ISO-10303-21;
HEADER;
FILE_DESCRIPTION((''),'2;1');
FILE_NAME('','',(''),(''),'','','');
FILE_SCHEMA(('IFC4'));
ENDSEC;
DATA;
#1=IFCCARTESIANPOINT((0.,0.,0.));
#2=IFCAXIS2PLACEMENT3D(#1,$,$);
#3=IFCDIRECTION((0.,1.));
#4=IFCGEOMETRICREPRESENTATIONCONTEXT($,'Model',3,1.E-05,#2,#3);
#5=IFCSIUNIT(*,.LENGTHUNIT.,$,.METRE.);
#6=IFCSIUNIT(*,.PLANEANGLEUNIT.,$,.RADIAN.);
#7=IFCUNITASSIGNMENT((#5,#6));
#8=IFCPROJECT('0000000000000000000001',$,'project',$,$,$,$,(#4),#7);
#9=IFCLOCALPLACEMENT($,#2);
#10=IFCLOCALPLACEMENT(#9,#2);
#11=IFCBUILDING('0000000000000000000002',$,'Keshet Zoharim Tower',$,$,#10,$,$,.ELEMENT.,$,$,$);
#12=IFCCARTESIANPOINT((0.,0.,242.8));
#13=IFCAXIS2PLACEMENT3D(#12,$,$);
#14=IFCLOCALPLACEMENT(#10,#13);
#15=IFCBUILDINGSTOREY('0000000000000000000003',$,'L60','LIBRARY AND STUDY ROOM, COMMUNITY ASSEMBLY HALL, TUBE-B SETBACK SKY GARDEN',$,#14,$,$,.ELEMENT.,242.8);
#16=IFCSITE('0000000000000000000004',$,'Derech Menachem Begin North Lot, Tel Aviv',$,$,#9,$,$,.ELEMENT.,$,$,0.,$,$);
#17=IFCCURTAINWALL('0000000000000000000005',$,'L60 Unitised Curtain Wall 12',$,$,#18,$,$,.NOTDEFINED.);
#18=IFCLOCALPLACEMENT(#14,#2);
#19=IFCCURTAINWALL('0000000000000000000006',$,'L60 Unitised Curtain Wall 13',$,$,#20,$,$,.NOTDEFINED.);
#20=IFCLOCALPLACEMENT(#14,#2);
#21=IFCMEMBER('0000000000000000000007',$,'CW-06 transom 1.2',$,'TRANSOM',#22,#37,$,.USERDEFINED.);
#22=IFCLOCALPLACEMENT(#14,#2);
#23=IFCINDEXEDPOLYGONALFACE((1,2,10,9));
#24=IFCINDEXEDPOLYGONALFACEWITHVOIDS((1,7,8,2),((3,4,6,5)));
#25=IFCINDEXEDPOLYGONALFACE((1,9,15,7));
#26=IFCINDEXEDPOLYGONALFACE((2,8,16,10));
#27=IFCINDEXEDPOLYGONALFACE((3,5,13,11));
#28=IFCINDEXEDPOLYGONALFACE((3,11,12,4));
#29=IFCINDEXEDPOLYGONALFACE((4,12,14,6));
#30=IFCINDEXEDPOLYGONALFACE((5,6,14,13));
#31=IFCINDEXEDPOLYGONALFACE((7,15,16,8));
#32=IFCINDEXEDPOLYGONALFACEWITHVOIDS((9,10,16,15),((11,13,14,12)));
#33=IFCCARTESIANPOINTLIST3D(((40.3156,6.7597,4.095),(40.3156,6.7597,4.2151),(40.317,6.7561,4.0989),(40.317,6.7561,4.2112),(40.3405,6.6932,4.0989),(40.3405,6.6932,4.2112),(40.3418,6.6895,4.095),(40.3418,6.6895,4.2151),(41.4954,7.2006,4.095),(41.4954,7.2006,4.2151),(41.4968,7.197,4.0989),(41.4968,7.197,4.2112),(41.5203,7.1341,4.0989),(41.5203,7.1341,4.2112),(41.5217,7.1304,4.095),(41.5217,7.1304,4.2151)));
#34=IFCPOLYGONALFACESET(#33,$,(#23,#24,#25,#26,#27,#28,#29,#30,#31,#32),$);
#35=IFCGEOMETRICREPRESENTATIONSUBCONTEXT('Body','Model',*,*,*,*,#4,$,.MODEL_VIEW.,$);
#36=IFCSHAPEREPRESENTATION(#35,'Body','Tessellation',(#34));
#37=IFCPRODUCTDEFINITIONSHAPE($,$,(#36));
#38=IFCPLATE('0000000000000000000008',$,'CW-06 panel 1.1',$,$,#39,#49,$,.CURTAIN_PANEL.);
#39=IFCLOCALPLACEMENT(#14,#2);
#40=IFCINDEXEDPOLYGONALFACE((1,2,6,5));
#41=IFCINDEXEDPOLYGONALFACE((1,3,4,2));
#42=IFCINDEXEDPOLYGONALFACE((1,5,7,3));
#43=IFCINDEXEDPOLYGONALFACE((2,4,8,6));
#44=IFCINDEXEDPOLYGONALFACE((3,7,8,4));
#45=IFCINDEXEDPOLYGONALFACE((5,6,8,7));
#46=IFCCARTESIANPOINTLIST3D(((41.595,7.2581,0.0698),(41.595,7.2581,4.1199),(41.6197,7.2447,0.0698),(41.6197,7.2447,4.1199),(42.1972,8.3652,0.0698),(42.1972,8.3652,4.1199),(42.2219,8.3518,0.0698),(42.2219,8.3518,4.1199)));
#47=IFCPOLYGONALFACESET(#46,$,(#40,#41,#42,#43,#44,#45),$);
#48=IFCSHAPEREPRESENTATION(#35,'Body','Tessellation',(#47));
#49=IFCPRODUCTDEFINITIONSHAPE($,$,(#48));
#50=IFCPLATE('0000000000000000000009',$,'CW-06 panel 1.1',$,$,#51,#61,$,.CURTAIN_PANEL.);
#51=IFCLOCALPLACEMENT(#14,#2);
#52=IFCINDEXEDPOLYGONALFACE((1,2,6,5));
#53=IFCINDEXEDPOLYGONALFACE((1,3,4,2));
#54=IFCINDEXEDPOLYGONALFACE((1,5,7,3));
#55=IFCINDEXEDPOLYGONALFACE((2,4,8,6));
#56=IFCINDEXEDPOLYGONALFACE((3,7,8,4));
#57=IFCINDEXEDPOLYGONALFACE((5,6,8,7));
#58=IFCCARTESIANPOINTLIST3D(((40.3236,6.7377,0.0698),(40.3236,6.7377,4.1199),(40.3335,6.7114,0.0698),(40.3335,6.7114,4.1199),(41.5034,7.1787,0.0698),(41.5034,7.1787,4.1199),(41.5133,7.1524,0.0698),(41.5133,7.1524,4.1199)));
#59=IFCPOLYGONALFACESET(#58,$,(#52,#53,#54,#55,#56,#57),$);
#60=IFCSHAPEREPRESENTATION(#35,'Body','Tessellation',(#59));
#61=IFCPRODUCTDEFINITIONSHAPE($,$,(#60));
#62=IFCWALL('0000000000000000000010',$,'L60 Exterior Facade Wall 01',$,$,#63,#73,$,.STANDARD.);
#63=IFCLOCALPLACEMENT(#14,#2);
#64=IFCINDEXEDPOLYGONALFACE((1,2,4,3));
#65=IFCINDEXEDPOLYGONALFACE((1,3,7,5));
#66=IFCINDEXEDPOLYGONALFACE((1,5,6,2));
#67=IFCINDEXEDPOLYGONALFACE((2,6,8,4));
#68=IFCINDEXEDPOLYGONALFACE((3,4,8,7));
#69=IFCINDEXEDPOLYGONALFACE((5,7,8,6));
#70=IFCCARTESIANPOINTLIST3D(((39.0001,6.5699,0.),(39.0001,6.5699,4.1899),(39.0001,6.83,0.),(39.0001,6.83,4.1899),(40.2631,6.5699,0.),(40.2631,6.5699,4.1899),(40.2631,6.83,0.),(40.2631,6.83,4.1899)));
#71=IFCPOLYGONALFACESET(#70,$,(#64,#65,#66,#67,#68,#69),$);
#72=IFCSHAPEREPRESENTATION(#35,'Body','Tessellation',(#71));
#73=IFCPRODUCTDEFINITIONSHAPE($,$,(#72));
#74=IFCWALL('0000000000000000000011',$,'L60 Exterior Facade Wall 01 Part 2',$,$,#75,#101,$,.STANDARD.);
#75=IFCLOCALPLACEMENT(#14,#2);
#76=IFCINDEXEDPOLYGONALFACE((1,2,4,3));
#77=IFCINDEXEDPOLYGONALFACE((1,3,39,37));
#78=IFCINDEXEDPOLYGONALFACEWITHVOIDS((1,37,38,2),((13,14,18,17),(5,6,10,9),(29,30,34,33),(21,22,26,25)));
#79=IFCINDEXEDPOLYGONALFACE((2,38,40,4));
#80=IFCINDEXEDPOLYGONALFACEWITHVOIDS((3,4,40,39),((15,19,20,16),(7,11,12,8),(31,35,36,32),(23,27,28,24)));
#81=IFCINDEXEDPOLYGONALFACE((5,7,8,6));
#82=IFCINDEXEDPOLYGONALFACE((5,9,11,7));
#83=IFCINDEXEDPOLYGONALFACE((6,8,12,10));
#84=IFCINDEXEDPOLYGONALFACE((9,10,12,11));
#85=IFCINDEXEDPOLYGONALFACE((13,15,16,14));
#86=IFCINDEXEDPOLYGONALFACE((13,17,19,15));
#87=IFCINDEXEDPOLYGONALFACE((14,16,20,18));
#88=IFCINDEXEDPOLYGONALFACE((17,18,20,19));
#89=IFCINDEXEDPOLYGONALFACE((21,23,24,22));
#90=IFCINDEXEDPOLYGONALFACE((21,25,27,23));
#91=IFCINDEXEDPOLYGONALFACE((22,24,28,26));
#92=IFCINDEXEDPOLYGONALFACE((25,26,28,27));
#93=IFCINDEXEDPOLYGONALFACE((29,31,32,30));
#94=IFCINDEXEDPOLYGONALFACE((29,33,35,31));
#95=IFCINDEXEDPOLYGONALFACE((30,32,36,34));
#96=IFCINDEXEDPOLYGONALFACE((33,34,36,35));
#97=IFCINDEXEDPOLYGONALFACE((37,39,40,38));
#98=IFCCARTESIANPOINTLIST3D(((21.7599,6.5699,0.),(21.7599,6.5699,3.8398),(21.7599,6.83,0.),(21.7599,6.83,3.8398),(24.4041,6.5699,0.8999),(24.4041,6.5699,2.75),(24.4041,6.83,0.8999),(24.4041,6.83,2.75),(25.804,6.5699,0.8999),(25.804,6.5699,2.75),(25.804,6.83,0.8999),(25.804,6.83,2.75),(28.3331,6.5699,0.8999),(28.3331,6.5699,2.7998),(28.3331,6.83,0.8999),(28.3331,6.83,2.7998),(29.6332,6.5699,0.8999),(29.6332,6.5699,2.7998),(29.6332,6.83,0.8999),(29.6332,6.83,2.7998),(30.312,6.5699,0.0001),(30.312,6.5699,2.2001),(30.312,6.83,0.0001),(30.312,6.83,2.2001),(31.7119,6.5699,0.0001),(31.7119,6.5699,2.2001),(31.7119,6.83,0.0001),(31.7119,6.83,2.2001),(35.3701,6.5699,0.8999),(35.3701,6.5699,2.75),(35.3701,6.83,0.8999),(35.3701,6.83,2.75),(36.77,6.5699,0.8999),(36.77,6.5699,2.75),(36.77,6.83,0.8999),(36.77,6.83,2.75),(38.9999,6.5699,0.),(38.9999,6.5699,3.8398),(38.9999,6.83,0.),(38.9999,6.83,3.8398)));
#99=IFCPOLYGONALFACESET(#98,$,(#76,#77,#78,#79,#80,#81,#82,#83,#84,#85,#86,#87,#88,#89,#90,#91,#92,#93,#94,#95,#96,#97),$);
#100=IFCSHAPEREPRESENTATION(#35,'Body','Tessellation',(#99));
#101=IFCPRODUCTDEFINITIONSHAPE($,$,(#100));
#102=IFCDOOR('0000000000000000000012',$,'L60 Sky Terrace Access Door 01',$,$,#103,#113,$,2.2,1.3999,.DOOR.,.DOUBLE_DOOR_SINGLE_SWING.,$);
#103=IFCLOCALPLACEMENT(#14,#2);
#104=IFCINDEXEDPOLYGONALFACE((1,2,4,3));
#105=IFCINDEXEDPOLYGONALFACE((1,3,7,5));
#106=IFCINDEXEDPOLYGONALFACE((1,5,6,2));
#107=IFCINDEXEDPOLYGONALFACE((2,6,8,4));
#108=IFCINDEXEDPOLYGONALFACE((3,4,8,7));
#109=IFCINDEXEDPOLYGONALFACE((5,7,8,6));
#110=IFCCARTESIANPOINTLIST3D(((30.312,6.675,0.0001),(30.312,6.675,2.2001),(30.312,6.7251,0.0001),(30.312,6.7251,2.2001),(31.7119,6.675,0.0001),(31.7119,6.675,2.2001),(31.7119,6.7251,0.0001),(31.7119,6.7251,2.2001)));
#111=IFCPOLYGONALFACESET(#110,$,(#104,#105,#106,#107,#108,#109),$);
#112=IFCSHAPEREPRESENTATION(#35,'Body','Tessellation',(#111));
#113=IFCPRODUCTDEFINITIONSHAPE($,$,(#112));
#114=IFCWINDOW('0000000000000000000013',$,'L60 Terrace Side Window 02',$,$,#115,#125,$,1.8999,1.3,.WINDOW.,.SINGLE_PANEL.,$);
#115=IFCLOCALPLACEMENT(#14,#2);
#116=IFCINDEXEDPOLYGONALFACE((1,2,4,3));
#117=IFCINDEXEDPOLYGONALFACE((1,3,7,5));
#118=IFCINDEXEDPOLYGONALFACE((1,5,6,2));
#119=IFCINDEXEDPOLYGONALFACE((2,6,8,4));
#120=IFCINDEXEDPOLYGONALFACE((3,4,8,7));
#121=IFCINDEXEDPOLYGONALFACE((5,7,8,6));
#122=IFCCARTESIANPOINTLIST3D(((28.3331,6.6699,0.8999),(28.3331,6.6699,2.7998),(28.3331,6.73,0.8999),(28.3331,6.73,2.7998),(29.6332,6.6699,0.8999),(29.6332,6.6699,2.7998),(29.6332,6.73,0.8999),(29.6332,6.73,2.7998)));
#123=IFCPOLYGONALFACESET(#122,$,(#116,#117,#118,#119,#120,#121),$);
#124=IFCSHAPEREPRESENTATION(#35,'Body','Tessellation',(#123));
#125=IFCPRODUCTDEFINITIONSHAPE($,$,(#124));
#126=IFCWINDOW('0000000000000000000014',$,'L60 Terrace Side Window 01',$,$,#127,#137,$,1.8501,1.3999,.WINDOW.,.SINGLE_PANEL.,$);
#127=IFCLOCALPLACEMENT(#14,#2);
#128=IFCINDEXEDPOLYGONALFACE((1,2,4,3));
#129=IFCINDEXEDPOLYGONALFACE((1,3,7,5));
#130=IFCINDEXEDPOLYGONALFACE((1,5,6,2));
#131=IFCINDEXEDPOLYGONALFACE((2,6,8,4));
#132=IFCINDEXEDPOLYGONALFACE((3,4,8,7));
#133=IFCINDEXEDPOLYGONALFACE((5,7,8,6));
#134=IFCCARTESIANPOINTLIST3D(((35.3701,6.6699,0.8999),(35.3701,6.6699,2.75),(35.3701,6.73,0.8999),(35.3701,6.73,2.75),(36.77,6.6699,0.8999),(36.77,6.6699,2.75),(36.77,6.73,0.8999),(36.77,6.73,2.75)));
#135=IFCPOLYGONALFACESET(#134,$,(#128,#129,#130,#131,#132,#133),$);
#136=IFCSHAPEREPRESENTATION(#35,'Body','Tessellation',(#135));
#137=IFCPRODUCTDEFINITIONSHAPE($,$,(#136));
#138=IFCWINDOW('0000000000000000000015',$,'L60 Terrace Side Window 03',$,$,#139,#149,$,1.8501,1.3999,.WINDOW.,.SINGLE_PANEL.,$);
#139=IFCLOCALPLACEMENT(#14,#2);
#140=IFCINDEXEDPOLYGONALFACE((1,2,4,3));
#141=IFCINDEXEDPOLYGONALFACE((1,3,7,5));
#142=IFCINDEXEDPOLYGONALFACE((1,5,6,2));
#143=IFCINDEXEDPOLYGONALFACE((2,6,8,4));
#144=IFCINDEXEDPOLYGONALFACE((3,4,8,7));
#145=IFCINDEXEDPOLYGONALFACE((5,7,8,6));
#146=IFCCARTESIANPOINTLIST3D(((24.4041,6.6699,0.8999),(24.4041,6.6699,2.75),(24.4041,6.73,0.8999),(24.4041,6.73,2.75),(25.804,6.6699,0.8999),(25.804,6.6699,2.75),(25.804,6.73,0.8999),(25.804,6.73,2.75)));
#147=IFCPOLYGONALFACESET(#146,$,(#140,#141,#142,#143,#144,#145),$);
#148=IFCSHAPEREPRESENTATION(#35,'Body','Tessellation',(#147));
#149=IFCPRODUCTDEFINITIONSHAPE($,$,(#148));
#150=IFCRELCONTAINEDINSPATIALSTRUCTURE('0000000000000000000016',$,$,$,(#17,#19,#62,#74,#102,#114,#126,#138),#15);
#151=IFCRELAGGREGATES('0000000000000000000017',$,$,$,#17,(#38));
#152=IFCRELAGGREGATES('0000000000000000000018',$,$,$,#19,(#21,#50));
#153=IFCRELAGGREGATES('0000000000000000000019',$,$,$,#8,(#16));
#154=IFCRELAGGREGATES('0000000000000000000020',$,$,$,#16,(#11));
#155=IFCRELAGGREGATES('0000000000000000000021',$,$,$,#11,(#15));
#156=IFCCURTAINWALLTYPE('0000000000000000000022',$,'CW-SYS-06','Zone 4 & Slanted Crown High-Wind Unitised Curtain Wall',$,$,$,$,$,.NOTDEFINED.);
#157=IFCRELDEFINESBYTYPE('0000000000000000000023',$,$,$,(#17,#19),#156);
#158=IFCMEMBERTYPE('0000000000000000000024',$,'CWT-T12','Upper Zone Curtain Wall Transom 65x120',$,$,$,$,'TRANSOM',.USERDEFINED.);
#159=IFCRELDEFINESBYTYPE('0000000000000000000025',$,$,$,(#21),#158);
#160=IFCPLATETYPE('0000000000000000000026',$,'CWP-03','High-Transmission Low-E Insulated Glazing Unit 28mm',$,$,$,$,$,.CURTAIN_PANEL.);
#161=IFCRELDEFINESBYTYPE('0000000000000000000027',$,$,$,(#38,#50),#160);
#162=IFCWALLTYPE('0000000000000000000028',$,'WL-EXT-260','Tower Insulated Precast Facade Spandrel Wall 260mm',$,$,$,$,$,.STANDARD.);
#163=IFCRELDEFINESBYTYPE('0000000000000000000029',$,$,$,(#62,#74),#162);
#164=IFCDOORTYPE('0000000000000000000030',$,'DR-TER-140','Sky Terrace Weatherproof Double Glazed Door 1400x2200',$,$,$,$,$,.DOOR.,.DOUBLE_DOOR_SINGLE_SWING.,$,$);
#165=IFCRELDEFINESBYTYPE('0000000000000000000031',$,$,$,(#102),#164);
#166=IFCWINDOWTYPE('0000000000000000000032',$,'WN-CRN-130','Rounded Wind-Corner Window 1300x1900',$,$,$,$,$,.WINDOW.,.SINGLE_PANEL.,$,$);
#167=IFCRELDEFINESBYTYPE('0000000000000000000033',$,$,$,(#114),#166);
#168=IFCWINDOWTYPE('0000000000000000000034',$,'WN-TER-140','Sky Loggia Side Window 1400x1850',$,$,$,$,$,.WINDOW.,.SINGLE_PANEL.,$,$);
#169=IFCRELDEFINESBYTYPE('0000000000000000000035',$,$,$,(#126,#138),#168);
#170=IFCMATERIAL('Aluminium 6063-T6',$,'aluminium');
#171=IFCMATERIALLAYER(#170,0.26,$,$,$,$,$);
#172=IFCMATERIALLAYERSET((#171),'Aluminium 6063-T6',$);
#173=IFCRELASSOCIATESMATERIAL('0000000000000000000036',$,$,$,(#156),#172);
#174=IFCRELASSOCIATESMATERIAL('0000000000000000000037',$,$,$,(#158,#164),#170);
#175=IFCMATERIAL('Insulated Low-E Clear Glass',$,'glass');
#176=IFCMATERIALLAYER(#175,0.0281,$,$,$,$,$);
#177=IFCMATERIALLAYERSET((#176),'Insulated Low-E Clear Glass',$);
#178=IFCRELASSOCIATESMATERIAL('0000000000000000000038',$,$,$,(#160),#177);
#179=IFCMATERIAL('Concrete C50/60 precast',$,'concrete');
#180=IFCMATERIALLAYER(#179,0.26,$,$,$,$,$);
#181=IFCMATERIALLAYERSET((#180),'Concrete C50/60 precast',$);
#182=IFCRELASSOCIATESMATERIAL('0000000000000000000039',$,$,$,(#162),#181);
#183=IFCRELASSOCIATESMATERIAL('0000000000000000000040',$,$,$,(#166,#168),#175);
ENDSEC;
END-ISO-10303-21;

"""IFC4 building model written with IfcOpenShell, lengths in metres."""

from ifc_helpers import new_model, si_unit, direction, frame, frame_2d, origin, origin_2d, place, context, subcontext, project, spatial, rectangle, hollow_rectangle, extrude, material, layer, layer_set, material_profile, profile_set, type_object, element, fill, aggregate, save


model = new_model("IFC4")

# Units and contexts
model_context = context("Model", 3, precision=1e-05, world=origin(), true_north=direction((0.0, 1.0)))
body_context = subcontext(model_context, "Body", "Model", "MODEL_VIEW")
ifc_project = project(units=[si_unit("LENGTHUNIT", "METRE"), si_unit("PLANEANGLEUNIT", "RADIAN")], contexts=[model_context])

# Site, building, storey
site_placement = place(None, origin())
site = spatial("IfcSite", under=ifc_project, at=site_placement, Name="Derech Menachem Begin North Lot, Tel Aviv", CompositionType="ELEMENT", RefElevation=0.0)
building_placement = place(site_placement, origin())
building = spatial("IfcBuilding", under=site, at=building_placement, Name="Keshet Zoharim Tower", CompositionType="ELEMENT")
storey_placement = place(building_placement, frame((0.0, 0.0, 242.8)))
storey = spatial("IfcBuildingStorey", under=building, at=storey_placement, Name="L60", Description="LIBRARY AND STUDY ROOM, COMMUNITY ASSEMBLY HALL, TUBE-B SETBACK SKY GARDEN", CompositionType="ELEMENT", Elevation=242.8)

# Shared definitions
ifc_material_1 = material(Name="Aluminium 6063-T6", Category="aluminium")
ifc_layer_1 = layer(ifc_material_1, 0.26)
ifc_layer_set_1 = layer_set([ifc_layer_1], Name="Aluminium 6063-T6")
curtain_wall_type = type_object("IfcCurtainWallType", Name="CW-SYS-06", Description="Zone 4 & Slanted Crown High-Wind Unitised Curtain Wall", PredefinedType="NOTDEFINED", material=ifc_layer_set_1)

# Curtain walls
curtain_wall_1_placement = place(storey_placement, origin())
curtain_wall_1 = element("IfcCurtainWall", 1, at=curtain_wall_1_placement, inside=storey, type_object=curtain_wall_type, Name="L60 Unitised Curtain Wall 12", PredefinedType="NOTDEFINED")
curtain_wall_2_placement = place(storey_placement, origin())
curtain_wall_2 = element("IfcCurtainWall", 2, at=curtain_wall_2_placement, inside=storey, type_object=curtain_wall_type, Name="L60 Unitised Curtain Wall 13", PredefinedType="NOTDEFINED")

# Member
ifc_material_profile_1 = material_profile(ifc_material_1, hollow_rectangle(XDim=0.075, YDim=0.1201, WallThickness=0.0039, at=origin_2d()), Name="TRN-75x120")
ifc_profile_set_1 = profile_set([ifc_material_profile_1], Name="Aluminium 6063-T6")
member_type_1 = type_object("IfcMemberType", Name="CWT-T12", Description="Upper Zone Curtain Wall Transom 65x120", ElementType="TRANSOM", PredefinedType="USERDEFINED", material=ifc_profile_set_1)
member_1_placement = place(storey_placement, frame((41.5085, 7.1655, 4.155), z_axis=(-0.936735, -0.35004, 0.0), x_axis=(0.35004, -0.936735, 0.0)))
member_1 = element("IfcMember", 3, at=member_1_placement, type_object=member_type_1, Name="CW-06 transom 1.2", ObjectType="TRANSOM", PredefinedType="USERDEFINED", context=body_context, shape_type="SweptSolid", body=[
    extrude(hollow_rectangle(XDim=0.075, YDim=0.1201, WallThickness=0.0039, at=origin_2d()), origin(), (0.0, 0.0, 1.0), 1.2595),
])

# Plates
ifc_material_2 = material(Name="Insulated Low-E Clear Glass", Category="glass")
ifc_layer_2 = layer(ifc_material_2, 0.0281)
ifc_layer_set_2 = layer_set([ifc_layer_2], Name="Insulated Low-E Clear Glass")
plate_type = type_object("IfcPlateType", Name="CWP-03", Description="High-Transmission Low-E Insulated Glazing Unit 28mm", PredefinedType="CURTAIN_PANEL", material=ifc_layer_set_2)
plate_1_placement = place(storey_placement, frame((41.9084, 7.8049, 0.0698), z_axis=(0.0, 0.0, 1.0), x_axis=(-0.477801, -0.878468, 0.0)))
plate_1 = element("IfcPlate", 4, at=plate_1_placement, type_object=plate_type, Name="CW-06 panel 1.1", PredefinedType="CURTAIN_PANEL", context=body_context, shape_type="SweptSolid", body=[
    extrude(rectangle(XDim=1.2603, YDim=0.0281, at=origin_2d()), origin(), (0.0, 0.0, 1.0), 4.05),
])
aggregate(curtain_wall_1, [plate_1])
plate_2_placement = place(storey_placement, frame((40.9185, 6.9451, 0.0698), z_axis=(0.0, 0.0, 1.0), x_axis=(-0.93671, -0.350105, 0.0)))
plate_2 = element("IfcPlate", 5, at=plate_2_placement, type_object=plate_type, Name="CW-06 panel 1.1", PredefinedType="CURTAIN_PANEL", context=body_context, shape_type="SweptSolid", body=[
    extrude(rectangle(XDim=1.2595, YDim=0.0281, at=origin_2d()), origin(), (0.0, 0.0, 1.0), 4.05),
])
aggregate(curtain_wall_2, [member_1, plate_2])

# Wall
ifc_material_3 = material(Name="Concrete C50/60 precast", Category="concrete")
ifc_layer_3 = layer(ifc_material_3, 0.26)
ifc_layer_set_3 = layer_set([ifc_layer_3], Name="Concrete C50/60 precast")
wall_type = type_object("IfcWallType", Name="WL-EXT-260", Description="Tower Insulated Precast Facade Spandrel Wall 260mm", PredefinedType="STANDARD", material=ifc_layer_set_3)
wall_1_placement = place(storey_placement, frame((40.2629, 6.7, 0.0), z_axis=(0.0, 0.0, 1.0), x_axis=(-1.0, 0.0, 0.0)))
element("IfcWall", 6, at=wall_1_placement, inside=storey, type_object=wall_type, Name="L60 Exterior Facade Wall 01", PredefinedType="STANDARD", context=body_context, shape_type="SweptSolid", body=[
    extrude(rectangle(XDim=1.2629, YDim=0.26, at=frame_2d((0.6313, 0.0))), origin(), (0.0, 0.0, 1.0), 4.1899),
])

# Wall, openings, door, windows
wall_2_placement = place(storey_placement, frame((39.0, 6.7, 0.0), z_axis=(0.0, 0.0, 1.0), x_axis=(-1.0, 0.0, 0.0)))
wall_2 = element("IfcWall", 7, at=wall_2_placement, inside=storey, type_object=wall_type, Name="L60 Exterior Facade Wall 01 Part 2", PredefinedType="STANDARD", context=body_context, shape_type="SweptSolid", body=[
    extrude(rectangle(XDim=17.24, YDim=0.26, at=frame_2d((8.6201, 0.0))), origin(), (0.0, 0.0, 1.0), 3.8398),
])
opening_1_placement = place(wall_2_placement, frame((7.2881, 0.0, 0.0)))
opening_1 = element("IfcOpeningElement", 8, at=opening_1_placement, cuts=wall_2, PredefinedType="OPENING", context=body_context, shape_type="SweptSolid", body=[
    extrude(rectangle(XDim=1.3999, YDim=2.2, at=frame_2d((0.7, 1.1001))), frame((0.0, 0.1401, 0.0), z_axis=(0.0, -1.0, 0.0), x_axis=(1.0, 0.0, 0.0)), (0.0, 0.0, 1.0), 0.28),
])
opening_2_placement = place(wall_2_placement, frame((2.23, 0.0, 0.8999)))
opening_2 = element("IfcOpeningElement", 9, at=opening_2_placement, cuts=wall_2, PredefinedType="OPENING", context=body_context, shape_type="SweptSolid", body=[
    extrude(rectangle(XDim=1.3999, YDim=1.8501, at=frame_2d((0.7, 0.925))), frame((0.0, 0.1401, 0.0), z_axis=(0.0, -1.0, 0.0), x_axis=(1.0, 0.0, 0.0)), (0.0, 0.0, 1.0), 0.28),
])
opening_3_placement = place(wall_2_placement, frame((9.3669, 0.0, 0.8999)))
opening_3 = element("IfcOpeningElement", 10, at=opening_3_placement, cuts=wall_2, PredefinedType="OPENING", context=body_context, shape_type="SweptSolid", body=[
    extrude(rectangle(XDim=1.3, YDim=1.8999, at=frame_2d((0.6499, 0.95))), frame((0.0, 0.1401, 0.0), z_axis=(0.0, -1.0, 0.0), x_axis=(1.0, 0.0, 0.0)), (0.0, 0.0, 1.0), 0.28),
])
opening_4_placement = place(wall_2_placement, frame((13.196, 0.0, 0.8999)))
opening_4 = element("IfcOpeningElement", 11, at=opening_4_placement, cuts=wall_2, PredefinedType="OPENING", context=body_context, shape_type="SweptSolid", body=[
    extrude(rectangle(XDim=1.3999, YDim=1.8501, at=frame_2d((0.7, 0.925))), frame((0.0, 0.1401, 0.0), z_axis=(0.0, -1.0, 0.0), x_axis=(1.0, 0.0, 0.0)), (0.0, 0.0, 1.0), 0.28),
])
door_type = type_object("IfcDoorType", Name="DR-TER-140", Description="Sky Terrace Weatherproof Double Glazed Door 1400x2200", OperationType="DOUBLE_DOOR_SINGLE_SWING", PredefinedType="DOOR", material=ifc_material_1)
door_placement = place(opening_1_placement, origin())
door = element("IfcDoor", 12, at=door_placement, inside=storey, type_object=door_type, Name="L60 Sky Terrace Access Door 01", OperationType="DOUBLE_DOOR_SINGLE_SWING", OverallHeight=2.2, OverallWidth=1.3999, PredefinedType="DOOR", context=body_context, shape_type="SweptSolid", body=[
    extrude(rectangle(XDim=1.3999, YDim=2.2, at=frame_2d((0.7, 1.1001))), frame((0.0, 0.0249, 0.0), z_axis=(0.0, -1.0, 0.0), x_axis=(1.0, 0.0, 0.0)), (0.0, 0.0, 1.0), 0.05),
])
fill(opening_1, door)
window_type_1 = type_object("IfcWindowType", Name="WN-CRN-130", Description="Rounded Wind-Corner Window 1300x1900", PartitioningType="SINGLE_PANEL", PredefinedType="WINDOW", material=ifc_material_2)
window_1_placement = place(opening_3_placement, origin())
window_1 = element("IfcWindow", 13, at=window_1_placement, inside=storey, type_object=window_type_1, Name="L60 Terrace Side Window 02", OverallHeight=1.8999, OverallWidth=1.3, PartitioningType="SINGLE_PANEL", PredefinedType="WINDOW", context=body_context, shape_type="SweptSolid", body=[
    extrude(rectangle(XDim=1.3, YDim=1.8999, at=frame_2d((0.6499, 0.95))), frame((0.0, 0.03, 0.0), z_axis=(0.0, -1.0, 0.0), x_axis=(1.0, 0.0, 0.0)), (0.0, 0.0, 1.0), 0.0601),
])
fill(opening_3, window_1)
window_type_2 = type_object("IfcWindowType", Name="WN-TER-140", Description="Sky Loggia Side Window 1400x1850", PartitioningType="SINGLE_PANEL", PredefinedType="WINDOW", material=ifc_material_2)
window_2_placement = place(opening_2_placement, origin())
window_2 = element("IfcWindow", 14, at=window_2_placement, inside=storey, type_object=window_type_2, Name="L60 Terrace Side Window 01", OverallHeight=1.8501, OverallWidth=1.3999, PartitioningType="SINGLE_PANEL", PredefinedType="WINDOW", context=body_context, shape_type="SweptSolid", body=[
    extrude(rectangle(XDim=1.3999, YDim=1.8501, at=frame_2d((0.7, 0.925))), frame((0.0, 0.03, 0.0), z_axis=(0.0, -1.0, 0.0), x_axis=(1.0, 0.0, 0.0)), (0.0, 0.0, 1.0), 0.0601),
])
fill(opening_2, window_2)
window_3_placement = place(opening_4_placement, origin())
window_3 = element("IfcWindow", 15, at=window_3_placement, inside=storey, type_object=window_type_2, Name="L60 Terrace Side Window 03", OverallHeight=1.8501, OverallWidth=1.3999, PartitioningType="SINGLE_PANEL", PredefinedType="WINDOW", context=body_context, shape_type="SweptSolid", body=[
    extrude(rectangle(XDim=1.3999, YDim=1.8501, at=frame_2d((0.7, 0.925))), frame((0.0, 0.03, 0.0), z_axis=(0.0, -1.0, 0.0), x_axis=(1.0, 0.0, 0.0)), (0.0, 0.0, 1.0), 0.0601),
])
fill(opening_4, window_3)

save(model, "model.ifc")
